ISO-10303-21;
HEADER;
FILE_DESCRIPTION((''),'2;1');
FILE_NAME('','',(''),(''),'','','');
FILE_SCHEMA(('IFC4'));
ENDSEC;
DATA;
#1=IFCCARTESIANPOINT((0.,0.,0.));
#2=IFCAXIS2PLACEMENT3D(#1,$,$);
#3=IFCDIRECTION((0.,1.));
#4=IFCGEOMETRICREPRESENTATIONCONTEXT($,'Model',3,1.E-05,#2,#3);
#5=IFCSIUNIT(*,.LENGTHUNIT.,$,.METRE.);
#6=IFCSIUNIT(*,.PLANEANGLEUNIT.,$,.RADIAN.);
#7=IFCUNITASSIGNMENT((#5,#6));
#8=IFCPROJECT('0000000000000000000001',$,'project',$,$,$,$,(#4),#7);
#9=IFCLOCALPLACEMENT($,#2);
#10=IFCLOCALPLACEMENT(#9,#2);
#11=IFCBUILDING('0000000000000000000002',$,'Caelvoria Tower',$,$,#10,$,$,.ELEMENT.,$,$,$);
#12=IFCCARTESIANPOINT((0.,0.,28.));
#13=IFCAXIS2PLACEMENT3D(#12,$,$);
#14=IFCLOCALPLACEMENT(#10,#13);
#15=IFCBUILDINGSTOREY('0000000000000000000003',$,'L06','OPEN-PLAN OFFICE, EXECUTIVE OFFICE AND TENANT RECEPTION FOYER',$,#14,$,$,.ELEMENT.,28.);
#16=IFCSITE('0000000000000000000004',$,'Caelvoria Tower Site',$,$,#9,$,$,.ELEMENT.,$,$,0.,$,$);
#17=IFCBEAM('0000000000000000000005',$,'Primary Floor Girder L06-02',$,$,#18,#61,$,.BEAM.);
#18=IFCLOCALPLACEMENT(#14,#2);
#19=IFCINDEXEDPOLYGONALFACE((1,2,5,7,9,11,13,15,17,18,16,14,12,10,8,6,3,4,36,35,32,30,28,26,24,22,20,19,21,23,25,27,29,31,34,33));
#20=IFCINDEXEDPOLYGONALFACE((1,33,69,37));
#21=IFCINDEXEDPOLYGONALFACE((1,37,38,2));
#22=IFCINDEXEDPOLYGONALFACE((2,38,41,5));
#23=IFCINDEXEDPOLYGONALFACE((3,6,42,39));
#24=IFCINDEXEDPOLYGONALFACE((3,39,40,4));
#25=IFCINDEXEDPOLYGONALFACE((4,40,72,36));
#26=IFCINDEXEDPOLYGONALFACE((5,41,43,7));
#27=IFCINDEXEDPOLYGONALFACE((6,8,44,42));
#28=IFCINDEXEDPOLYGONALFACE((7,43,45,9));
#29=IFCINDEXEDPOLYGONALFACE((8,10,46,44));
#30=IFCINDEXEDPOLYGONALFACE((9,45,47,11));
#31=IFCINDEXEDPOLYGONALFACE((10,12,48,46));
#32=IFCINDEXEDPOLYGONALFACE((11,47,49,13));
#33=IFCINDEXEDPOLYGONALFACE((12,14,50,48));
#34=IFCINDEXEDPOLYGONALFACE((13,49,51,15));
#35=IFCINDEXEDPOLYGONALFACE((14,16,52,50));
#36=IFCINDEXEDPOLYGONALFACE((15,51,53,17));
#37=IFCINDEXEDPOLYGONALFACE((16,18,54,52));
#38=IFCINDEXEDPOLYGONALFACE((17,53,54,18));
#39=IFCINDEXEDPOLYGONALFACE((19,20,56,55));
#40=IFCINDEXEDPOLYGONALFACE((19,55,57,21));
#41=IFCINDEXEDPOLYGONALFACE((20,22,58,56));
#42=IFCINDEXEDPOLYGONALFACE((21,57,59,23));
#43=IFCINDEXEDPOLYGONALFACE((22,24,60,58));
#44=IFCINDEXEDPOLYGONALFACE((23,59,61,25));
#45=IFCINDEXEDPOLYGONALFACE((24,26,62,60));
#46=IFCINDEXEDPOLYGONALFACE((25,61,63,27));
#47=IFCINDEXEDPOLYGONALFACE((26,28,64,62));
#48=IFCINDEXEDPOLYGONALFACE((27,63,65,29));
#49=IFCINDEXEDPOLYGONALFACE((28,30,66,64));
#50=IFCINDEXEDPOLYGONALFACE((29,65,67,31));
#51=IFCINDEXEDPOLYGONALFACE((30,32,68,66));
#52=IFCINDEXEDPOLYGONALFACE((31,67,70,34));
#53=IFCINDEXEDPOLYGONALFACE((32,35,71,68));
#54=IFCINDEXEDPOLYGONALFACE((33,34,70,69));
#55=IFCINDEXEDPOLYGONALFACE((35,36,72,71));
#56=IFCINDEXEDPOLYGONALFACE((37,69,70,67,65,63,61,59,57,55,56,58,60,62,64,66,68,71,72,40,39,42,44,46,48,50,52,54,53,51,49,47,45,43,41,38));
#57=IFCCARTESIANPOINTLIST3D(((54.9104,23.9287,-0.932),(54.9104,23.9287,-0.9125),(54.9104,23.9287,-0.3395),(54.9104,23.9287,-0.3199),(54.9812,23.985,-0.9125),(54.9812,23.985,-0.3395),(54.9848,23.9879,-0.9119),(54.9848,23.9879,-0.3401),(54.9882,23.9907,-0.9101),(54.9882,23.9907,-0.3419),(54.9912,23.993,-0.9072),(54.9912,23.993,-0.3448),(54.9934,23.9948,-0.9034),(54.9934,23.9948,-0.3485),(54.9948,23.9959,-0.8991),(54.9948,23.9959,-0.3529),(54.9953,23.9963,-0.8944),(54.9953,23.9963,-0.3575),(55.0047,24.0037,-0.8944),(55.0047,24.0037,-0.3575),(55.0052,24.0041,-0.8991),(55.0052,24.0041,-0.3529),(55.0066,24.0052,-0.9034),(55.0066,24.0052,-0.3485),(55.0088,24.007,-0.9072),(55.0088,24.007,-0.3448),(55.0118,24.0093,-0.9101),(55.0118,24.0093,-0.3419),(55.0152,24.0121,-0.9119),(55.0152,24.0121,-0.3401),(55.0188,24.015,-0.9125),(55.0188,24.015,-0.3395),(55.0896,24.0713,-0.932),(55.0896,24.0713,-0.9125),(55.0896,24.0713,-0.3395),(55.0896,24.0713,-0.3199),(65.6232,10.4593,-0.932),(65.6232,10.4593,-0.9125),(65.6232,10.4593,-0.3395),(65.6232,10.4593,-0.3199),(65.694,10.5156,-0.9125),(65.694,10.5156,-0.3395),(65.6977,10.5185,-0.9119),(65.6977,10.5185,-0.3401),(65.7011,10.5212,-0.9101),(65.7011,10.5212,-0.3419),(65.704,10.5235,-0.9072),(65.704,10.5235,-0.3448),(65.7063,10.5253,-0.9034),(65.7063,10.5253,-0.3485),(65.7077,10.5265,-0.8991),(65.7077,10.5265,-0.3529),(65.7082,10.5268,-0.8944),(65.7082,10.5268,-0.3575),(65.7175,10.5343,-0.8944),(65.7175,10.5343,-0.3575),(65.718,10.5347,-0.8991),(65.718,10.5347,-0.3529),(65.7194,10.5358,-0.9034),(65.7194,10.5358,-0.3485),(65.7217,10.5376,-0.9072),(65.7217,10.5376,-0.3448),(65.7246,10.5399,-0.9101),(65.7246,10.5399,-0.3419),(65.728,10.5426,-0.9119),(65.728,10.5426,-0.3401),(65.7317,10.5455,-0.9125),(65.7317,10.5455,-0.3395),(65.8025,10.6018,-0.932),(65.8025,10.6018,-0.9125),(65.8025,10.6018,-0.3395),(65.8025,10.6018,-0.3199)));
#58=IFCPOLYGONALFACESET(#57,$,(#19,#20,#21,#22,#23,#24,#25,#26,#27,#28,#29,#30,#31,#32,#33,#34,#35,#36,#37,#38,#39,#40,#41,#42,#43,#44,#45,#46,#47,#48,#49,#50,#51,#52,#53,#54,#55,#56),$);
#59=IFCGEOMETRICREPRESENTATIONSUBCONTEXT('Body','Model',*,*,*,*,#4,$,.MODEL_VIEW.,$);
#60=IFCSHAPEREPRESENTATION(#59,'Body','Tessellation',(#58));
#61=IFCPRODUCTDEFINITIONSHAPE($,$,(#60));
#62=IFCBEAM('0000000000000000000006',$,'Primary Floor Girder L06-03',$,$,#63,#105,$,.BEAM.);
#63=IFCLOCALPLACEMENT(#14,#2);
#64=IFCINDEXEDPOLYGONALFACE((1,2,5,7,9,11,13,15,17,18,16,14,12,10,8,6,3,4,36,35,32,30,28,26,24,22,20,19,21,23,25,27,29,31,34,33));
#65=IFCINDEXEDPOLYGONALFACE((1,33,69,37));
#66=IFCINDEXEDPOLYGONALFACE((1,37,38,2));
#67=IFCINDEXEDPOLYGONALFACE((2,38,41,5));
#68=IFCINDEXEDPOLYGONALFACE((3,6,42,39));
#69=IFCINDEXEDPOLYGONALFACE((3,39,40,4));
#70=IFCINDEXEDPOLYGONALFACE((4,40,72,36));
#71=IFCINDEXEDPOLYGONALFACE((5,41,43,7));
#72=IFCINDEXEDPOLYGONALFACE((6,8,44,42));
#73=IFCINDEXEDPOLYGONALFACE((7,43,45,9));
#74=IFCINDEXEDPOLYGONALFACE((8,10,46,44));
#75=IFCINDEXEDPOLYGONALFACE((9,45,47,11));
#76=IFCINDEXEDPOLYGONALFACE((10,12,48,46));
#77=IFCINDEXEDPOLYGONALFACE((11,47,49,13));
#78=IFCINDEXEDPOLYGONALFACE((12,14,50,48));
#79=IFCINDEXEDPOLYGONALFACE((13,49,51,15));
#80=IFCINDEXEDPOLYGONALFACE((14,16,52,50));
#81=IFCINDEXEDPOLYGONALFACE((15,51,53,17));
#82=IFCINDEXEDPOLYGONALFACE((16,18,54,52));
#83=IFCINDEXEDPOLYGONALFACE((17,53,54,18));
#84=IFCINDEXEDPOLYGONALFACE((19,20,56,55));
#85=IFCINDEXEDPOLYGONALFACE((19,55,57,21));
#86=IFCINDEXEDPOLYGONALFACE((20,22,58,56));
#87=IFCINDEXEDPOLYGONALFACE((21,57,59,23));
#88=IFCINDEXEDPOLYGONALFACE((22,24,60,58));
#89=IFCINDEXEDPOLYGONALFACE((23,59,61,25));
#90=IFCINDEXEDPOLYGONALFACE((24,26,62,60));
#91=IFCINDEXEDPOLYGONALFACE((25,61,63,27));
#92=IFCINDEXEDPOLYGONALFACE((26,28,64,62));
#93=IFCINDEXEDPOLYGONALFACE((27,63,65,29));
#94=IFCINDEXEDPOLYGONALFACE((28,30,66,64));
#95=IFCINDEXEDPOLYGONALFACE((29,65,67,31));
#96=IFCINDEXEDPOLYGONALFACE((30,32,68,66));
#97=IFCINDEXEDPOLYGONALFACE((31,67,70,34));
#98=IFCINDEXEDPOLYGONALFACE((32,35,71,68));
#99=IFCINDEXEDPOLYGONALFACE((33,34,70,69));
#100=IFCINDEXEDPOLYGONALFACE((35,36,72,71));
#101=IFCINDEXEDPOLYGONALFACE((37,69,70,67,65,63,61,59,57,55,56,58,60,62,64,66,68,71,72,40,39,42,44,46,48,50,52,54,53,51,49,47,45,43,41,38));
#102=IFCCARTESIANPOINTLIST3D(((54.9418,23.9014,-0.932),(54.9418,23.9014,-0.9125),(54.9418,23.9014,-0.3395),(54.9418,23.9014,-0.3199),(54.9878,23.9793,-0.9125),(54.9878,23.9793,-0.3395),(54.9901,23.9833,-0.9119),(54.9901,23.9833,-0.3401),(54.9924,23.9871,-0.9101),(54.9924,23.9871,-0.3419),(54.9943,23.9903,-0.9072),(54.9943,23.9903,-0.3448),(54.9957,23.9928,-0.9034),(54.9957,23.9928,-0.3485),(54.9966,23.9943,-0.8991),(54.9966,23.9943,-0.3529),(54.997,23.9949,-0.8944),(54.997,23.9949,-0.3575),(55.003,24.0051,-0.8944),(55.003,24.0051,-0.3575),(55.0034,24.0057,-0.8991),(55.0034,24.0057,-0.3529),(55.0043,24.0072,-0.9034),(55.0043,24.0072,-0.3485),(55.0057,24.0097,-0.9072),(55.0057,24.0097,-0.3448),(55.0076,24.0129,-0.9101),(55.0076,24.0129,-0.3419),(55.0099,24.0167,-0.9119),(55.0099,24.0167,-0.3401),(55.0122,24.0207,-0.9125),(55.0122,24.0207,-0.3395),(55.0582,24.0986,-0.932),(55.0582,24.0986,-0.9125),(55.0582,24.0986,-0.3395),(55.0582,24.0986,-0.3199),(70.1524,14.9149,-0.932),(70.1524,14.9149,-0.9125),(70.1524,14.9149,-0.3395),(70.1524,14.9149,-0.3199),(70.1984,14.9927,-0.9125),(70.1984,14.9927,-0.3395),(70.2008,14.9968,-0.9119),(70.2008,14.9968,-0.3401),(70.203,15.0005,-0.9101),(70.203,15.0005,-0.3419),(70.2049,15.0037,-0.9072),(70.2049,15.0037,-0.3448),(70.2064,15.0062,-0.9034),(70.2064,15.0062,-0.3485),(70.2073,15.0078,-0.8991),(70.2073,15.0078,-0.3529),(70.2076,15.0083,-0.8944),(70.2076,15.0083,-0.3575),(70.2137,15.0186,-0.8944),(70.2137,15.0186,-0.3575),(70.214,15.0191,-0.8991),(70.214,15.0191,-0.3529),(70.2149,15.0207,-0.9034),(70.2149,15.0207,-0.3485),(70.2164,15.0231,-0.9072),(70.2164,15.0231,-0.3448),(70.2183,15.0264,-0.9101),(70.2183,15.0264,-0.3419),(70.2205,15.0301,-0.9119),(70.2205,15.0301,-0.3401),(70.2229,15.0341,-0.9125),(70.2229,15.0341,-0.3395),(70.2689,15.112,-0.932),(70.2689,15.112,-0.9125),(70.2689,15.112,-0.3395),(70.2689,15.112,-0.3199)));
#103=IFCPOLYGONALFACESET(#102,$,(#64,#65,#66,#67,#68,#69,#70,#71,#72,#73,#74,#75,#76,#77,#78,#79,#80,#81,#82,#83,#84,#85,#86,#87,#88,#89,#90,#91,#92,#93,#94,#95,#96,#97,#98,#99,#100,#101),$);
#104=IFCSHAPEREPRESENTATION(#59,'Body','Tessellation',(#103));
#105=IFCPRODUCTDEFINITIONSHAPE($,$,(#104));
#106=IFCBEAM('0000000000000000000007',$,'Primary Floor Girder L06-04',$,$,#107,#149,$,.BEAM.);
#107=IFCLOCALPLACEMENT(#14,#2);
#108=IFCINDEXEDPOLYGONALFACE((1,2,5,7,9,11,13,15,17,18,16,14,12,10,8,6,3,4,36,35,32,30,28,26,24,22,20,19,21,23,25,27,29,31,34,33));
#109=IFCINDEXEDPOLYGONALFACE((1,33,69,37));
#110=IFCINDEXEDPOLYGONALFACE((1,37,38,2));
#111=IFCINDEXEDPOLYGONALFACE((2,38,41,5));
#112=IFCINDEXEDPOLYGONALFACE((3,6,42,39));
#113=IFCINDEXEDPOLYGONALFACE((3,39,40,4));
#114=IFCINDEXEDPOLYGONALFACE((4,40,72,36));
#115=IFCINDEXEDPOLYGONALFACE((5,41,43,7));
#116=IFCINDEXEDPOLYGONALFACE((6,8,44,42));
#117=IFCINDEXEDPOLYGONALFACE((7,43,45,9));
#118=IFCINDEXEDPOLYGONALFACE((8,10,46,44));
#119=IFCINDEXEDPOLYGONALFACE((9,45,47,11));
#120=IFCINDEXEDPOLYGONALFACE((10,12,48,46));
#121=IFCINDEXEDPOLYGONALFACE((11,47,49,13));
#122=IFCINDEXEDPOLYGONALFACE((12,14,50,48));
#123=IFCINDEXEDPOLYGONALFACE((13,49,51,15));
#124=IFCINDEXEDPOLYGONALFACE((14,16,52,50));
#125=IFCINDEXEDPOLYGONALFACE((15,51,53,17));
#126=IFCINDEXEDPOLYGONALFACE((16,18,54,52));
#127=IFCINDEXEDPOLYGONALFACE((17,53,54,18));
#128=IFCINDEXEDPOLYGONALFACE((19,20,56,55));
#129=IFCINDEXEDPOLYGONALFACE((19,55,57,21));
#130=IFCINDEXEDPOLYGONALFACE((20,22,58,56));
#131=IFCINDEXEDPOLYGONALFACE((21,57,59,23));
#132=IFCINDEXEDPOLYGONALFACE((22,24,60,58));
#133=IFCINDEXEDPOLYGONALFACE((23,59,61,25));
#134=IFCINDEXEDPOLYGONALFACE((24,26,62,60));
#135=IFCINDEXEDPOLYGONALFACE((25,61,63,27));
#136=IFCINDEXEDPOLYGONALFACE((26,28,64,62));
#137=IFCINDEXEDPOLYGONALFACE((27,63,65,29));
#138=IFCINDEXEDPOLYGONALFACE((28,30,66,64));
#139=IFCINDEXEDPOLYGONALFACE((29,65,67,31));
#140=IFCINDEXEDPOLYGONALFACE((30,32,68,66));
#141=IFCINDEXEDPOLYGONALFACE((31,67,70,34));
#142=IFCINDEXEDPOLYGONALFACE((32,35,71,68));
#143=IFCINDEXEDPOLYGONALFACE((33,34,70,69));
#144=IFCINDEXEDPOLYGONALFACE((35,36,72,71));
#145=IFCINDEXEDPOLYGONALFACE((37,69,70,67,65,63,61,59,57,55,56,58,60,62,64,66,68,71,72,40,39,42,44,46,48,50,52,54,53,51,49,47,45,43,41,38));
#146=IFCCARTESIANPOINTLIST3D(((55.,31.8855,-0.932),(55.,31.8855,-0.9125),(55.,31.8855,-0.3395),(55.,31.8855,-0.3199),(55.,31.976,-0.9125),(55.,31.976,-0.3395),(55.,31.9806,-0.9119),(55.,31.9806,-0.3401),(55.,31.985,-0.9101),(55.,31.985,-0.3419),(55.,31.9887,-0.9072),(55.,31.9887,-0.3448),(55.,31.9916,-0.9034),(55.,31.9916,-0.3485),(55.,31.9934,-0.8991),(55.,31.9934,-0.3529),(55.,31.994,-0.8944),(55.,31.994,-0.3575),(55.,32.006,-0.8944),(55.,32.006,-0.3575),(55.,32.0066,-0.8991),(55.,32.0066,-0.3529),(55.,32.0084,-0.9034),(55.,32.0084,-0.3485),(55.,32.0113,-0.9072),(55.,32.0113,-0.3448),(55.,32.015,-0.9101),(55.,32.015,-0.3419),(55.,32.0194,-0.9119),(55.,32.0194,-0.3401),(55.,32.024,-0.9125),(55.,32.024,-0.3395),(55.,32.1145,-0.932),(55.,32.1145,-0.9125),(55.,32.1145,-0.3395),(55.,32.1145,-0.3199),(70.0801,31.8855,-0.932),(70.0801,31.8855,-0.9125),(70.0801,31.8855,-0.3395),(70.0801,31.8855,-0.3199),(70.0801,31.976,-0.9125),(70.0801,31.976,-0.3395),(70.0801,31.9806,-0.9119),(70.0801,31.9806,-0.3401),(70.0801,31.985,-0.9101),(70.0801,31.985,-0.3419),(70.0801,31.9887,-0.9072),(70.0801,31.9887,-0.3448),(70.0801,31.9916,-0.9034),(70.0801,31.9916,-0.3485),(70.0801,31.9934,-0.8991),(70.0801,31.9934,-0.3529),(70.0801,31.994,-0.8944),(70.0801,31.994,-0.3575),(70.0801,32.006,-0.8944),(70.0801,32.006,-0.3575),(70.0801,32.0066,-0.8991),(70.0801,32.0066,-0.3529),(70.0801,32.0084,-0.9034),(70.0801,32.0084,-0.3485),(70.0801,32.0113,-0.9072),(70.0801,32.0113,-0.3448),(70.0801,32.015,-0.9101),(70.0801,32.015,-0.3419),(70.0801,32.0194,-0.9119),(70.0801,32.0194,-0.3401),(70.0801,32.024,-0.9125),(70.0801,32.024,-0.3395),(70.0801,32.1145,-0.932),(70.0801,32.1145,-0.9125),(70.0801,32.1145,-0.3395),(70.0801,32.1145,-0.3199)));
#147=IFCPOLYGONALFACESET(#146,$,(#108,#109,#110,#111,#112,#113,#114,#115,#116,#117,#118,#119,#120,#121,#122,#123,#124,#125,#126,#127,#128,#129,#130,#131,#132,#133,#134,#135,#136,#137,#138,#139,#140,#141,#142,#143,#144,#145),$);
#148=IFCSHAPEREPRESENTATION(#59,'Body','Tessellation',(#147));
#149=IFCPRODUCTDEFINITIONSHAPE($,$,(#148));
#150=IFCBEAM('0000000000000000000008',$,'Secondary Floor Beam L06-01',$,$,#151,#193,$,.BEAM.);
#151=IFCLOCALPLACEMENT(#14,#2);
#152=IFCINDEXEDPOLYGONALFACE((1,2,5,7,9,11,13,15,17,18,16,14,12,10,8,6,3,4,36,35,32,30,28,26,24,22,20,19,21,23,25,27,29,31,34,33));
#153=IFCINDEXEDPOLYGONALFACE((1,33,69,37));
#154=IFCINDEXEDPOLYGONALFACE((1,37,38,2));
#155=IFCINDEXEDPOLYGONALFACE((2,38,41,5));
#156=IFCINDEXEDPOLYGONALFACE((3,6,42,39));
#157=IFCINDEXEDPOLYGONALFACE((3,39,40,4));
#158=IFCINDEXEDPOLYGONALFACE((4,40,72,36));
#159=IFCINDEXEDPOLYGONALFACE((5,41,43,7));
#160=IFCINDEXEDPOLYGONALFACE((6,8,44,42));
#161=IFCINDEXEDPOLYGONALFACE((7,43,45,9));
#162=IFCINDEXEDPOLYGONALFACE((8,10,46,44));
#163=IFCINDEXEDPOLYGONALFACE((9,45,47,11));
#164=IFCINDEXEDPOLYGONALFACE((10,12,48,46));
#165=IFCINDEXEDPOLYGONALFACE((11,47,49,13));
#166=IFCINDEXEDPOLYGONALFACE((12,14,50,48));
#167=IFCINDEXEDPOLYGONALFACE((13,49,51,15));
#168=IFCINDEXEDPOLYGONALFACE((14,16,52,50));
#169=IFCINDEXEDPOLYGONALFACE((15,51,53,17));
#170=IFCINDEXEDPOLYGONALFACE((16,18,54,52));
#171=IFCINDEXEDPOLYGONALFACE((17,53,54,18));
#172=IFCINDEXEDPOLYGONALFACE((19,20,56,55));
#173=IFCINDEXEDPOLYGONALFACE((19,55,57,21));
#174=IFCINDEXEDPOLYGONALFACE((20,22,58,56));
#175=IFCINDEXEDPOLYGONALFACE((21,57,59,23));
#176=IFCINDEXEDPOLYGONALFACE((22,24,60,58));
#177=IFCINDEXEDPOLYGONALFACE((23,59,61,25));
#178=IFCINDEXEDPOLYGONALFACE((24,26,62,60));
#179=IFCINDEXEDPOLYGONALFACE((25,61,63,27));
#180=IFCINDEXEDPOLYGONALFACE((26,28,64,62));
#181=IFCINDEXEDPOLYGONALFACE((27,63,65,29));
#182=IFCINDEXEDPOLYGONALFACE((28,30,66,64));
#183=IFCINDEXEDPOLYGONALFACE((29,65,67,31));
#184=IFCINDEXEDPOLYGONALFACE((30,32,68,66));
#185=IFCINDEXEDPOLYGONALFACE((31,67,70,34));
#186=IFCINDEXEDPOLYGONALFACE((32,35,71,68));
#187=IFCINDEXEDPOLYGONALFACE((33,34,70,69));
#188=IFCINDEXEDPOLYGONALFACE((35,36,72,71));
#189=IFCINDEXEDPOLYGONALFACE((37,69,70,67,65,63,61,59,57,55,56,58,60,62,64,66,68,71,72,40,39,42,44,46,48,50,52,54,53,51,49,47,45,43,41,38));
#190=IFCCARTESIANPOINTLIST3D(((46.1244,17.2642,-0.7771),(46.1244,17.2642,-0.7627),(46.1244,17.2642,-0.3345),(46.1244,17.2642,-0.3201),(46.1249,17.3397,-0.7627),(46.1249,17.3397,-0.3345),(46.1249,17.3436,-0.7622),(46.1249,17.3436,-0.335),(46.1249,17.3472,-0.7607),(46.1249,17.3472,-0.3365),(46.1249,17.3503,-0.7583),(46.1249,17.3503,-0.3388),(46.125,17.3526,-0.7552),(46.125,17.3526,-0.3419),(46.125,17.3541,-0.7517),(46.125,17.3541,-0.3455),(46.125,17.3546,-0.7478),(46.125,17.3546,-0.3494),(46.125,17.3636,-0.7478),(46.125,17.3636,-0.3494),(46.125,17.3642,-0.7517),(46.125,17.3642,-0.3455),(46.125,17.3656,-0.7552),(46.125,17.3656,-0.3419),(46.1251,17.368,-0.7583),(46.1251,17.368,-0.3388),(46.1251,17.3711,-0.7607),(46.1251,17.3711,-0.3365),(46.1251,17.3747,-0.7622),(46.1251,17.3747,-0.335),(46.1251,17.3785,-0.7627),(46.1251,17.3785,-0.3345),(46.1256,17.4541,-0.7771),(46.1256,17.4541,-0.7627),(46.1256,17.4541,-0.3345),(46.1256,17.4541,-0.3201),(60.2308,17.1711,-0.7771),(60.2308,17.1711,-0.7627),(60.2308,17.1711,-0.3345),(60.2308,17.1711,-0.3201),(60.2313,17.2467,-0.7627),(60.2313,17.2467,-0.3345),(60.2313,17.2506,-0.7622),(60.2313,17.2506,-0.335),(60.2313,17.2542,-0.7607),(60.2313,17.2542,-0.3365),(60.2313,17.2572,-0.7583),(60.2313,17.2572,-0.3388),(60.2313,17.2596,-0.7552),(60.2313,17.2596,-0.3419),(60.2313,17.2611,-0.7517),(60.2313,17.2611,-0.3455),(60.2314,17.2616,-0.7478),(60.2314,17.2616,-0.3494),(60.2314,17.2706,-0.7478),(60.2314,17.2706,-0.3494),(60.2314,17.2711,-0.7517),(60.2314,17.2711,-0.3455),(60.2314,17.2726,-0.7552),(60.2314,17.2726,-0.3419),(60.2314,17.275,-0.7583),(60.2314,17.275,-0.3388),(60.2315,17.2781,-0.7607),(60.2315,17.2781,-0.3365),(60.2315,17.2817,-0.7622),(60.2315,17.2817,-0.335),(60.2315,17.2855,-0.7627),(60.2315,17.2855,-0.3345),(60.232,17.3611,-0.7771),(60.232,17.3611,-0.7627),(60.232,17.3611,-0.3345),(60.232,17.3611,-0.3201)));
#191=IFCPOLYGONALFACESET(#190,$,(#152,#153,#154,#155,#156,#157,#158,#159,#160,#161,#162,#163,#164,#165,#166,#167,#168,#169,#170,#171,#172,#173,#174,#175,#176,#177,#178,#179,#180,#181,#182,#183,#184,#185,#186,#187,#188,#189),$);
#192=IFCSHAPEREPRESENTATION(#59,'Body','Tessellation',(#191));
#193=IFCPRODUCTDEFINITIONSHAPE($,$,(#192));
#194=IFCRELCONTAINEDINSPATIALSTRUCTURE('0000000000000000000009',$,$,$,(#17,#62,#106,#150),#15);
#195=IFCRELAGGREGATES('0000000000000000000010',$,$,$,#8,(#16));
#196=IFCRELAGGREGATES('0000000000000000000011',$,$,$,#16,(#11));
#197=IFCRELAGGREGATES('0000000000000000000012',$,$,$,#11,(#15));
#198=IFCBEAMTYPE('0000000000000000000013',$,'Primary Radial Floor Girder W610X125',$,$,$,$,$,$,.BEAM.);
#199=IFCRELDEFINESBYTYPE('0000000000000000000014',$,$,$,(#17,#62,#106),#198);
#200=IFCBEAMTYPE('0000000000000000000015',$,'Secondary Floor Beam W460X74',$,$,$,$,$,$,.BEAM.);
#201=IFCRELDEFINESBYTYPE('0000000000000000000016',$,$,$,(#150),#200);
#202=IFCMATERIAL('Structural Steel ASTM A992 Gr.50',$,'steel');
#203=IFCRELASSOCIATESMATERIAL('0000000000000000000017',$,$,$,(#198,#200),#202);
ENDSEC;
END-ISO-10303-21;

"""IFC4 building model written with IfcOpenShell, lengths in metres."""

from ifc_helpers import new_model, si_unit, direction, frame, origin, origin_2d, place, context, subcontext, project, spatial, i_section, extrude, material, material_profile, profile_set, type_object, element, save


model = new_model("IFC4")

# Units and contexts
model_context = context("Model", 3, precision=1e-05, world=origin(), true_north=direction((0.0, 1.0)))
body_context = subcontext(model_context, "Body", "Model", "MODEL_VIEW")
ifc_project = project(units=[si_unit("LENGTHUNIT", "METRE"), si_unit("PLANEANGLEUNIT", "RADIAN")], contexts=[model_context])

# Site, building, storey
site_placement = place(None, origin())
site = spatial("IfcSite", under=ifc_project, at=site_placement, Name="Caelvoria Tower Site", CompositionType="ELEMENT", RefElevation=0.0)
building_placement = place(site_placement, origin())
building = spatial("IfcBuilding", under=site, at=building_placement, Name="Caelvoria Tower", CompositionType="ELEMENT")
storey_placement = place(building_placement, frame((0.0, 0.0, 28.0)))
storey = spatial("IfcBuildingStorey", under=building, at=storey_placement, Name="L06", Description="OPEN-PLAN OFFICE, EXECUTIVE OFFICE AND TENANT RECEPTION FOYER", CompositionType="ELEMENT", Elevation=28.0)

# Beams
ifc_material_1 = material(Name="Structural Steel ASTM A992 Gr.50", Category="steel")
ifc_material_profile_1 = material_profile(ifc_material_1, i_section(OverallWidth=0.229, OverallDepth=0.6121, WebThickness=0.012, FlangeThickness=0.0195, FilletRadius=0.0181, at=origin_2d()), Name="Structural Steel ASTM A992 Gr.50")
ifc_profile_set_1 = profile_set([ifc_material_profile_1], Name="W610X125 - Structural Steel ASTM A992 Gr.50")
beam_type_1 = type_object("IfcBeamType", Name="Primary Radial Floor Girder W610X125", PredefinedType="BEAM", material=ifc_profile_set_1)
beam_1_placement = place(storey_placement, frame((55.0, 24.0, -0.626), z_axis=(0.622471, -0.782643, 0.0), x_axis=(0.782643, 0.622471, 0.0)))
element("IfcBeam", 1, at=beam_1_placement, inside=storey, type_object=beam_type_1, Name="Primary Floor Girder L06-02", PredefinedType="BEAM", context=body_context, shape_type="SweptSolid", body=[
    extrude(i_section(OverallWidth=0.229, OverallDepth=0.6121, WebThickness=0.012, FlangeThickness=0.0195, FilletRadius=0.0181, at=origin_2d()), origin(), (0.0, 0.0, 1.0), 17.2102),
])
beam_2_placement = place(storey_placement, frame((55.0, 24.0, -0.626), z_axis=(0.860965, -0.508664, 0.0), x_axis=(0.508664, 0.860965, 0.0)))
element("IfcBeam", 2, at=beam_2_placement, inside=storey, type_object=beam_type_1, Name="Primary Floor Girder L06-03", PredefinedType="BEAM", context=body_context, shape_type="SweptSolid", body=[
    extrude(i_section(OverallWidth=0.229, OverallDepth=0.6121, WebThickness=0.012, FlangeThickness=0.0195, FilletRadius=0.0181, at=origin_2d()), origin(), (0.0, 0.0, 1.0), 17.667),
])
beam_3_placement = place(storey_placement, frame((55.0, 32.0, -0.626), z_axis=(1.0, 0.0, 0.0), x_axis=(0.0, 1.0, 0.0)))
element("IfcBeam", 3, at=beam_3_placement, inside=storey, type_object=beam_type_1, Name="Primary Floor Girder L06-04", PredefinedType="BEAM", context=body_context, shape_type="SweptSolid", body=[
    extrude(i_section(OverallWidth=0.229, OverallDepth=0.6121, WebThickness=0.012, FlangeThickness=0.0195, FilletRadius=0.0181, at=origin_2d()), origin(), (0.0, 0.0, 1.0), 15.0801),
])
ifc_material_profile_2 = material_profile(ifc_material_1, i_section(OverallWidth=0.1899, OverallDepth=0.457, WebThickness=0.009, FlangeThickness=0.0144, FilletRadius=0.0149, at=origin_2d()), Name="Structural Steel ASTM A992 Gr.50")
ifc_profile_set_2 = profile_set([ifc_material_profile_2], Name="W460X74 - Structural Steel ASTM A992 Gr.50")
beam_type_2 = type_object("IfcBeamType", Name="Secondary Floor Beam W460X74", PredefinedType="BEAM", material=ifc_profile_set_2)
beam_4_placement = place(storey_placement, frame((46.125, 17.3591, -0.5486), z_axis=(0.999978, -0.006594, 0.0), x_axis=(0.006594, 0.999978, 0.0)))
element("IfcBeam", 4, at=beam_4_placement, inside=storey, type_object=beam_type_2, Name="Secondary Floor Beam L06-01", PredefinedType="BEAM", context=body_context, shape_type="SweptSolid", body=[
    extrude(i_section(OverallWidth=0.1899, OverallDepth=0.457, WebThickness=0.009, FlangeThickness=0.0144, FilletRadius=0.0149, at=origin_2d()), origin(), (0.0, 0.0, 1.0), 14.1067),
])

save(model, "model.ifc")
